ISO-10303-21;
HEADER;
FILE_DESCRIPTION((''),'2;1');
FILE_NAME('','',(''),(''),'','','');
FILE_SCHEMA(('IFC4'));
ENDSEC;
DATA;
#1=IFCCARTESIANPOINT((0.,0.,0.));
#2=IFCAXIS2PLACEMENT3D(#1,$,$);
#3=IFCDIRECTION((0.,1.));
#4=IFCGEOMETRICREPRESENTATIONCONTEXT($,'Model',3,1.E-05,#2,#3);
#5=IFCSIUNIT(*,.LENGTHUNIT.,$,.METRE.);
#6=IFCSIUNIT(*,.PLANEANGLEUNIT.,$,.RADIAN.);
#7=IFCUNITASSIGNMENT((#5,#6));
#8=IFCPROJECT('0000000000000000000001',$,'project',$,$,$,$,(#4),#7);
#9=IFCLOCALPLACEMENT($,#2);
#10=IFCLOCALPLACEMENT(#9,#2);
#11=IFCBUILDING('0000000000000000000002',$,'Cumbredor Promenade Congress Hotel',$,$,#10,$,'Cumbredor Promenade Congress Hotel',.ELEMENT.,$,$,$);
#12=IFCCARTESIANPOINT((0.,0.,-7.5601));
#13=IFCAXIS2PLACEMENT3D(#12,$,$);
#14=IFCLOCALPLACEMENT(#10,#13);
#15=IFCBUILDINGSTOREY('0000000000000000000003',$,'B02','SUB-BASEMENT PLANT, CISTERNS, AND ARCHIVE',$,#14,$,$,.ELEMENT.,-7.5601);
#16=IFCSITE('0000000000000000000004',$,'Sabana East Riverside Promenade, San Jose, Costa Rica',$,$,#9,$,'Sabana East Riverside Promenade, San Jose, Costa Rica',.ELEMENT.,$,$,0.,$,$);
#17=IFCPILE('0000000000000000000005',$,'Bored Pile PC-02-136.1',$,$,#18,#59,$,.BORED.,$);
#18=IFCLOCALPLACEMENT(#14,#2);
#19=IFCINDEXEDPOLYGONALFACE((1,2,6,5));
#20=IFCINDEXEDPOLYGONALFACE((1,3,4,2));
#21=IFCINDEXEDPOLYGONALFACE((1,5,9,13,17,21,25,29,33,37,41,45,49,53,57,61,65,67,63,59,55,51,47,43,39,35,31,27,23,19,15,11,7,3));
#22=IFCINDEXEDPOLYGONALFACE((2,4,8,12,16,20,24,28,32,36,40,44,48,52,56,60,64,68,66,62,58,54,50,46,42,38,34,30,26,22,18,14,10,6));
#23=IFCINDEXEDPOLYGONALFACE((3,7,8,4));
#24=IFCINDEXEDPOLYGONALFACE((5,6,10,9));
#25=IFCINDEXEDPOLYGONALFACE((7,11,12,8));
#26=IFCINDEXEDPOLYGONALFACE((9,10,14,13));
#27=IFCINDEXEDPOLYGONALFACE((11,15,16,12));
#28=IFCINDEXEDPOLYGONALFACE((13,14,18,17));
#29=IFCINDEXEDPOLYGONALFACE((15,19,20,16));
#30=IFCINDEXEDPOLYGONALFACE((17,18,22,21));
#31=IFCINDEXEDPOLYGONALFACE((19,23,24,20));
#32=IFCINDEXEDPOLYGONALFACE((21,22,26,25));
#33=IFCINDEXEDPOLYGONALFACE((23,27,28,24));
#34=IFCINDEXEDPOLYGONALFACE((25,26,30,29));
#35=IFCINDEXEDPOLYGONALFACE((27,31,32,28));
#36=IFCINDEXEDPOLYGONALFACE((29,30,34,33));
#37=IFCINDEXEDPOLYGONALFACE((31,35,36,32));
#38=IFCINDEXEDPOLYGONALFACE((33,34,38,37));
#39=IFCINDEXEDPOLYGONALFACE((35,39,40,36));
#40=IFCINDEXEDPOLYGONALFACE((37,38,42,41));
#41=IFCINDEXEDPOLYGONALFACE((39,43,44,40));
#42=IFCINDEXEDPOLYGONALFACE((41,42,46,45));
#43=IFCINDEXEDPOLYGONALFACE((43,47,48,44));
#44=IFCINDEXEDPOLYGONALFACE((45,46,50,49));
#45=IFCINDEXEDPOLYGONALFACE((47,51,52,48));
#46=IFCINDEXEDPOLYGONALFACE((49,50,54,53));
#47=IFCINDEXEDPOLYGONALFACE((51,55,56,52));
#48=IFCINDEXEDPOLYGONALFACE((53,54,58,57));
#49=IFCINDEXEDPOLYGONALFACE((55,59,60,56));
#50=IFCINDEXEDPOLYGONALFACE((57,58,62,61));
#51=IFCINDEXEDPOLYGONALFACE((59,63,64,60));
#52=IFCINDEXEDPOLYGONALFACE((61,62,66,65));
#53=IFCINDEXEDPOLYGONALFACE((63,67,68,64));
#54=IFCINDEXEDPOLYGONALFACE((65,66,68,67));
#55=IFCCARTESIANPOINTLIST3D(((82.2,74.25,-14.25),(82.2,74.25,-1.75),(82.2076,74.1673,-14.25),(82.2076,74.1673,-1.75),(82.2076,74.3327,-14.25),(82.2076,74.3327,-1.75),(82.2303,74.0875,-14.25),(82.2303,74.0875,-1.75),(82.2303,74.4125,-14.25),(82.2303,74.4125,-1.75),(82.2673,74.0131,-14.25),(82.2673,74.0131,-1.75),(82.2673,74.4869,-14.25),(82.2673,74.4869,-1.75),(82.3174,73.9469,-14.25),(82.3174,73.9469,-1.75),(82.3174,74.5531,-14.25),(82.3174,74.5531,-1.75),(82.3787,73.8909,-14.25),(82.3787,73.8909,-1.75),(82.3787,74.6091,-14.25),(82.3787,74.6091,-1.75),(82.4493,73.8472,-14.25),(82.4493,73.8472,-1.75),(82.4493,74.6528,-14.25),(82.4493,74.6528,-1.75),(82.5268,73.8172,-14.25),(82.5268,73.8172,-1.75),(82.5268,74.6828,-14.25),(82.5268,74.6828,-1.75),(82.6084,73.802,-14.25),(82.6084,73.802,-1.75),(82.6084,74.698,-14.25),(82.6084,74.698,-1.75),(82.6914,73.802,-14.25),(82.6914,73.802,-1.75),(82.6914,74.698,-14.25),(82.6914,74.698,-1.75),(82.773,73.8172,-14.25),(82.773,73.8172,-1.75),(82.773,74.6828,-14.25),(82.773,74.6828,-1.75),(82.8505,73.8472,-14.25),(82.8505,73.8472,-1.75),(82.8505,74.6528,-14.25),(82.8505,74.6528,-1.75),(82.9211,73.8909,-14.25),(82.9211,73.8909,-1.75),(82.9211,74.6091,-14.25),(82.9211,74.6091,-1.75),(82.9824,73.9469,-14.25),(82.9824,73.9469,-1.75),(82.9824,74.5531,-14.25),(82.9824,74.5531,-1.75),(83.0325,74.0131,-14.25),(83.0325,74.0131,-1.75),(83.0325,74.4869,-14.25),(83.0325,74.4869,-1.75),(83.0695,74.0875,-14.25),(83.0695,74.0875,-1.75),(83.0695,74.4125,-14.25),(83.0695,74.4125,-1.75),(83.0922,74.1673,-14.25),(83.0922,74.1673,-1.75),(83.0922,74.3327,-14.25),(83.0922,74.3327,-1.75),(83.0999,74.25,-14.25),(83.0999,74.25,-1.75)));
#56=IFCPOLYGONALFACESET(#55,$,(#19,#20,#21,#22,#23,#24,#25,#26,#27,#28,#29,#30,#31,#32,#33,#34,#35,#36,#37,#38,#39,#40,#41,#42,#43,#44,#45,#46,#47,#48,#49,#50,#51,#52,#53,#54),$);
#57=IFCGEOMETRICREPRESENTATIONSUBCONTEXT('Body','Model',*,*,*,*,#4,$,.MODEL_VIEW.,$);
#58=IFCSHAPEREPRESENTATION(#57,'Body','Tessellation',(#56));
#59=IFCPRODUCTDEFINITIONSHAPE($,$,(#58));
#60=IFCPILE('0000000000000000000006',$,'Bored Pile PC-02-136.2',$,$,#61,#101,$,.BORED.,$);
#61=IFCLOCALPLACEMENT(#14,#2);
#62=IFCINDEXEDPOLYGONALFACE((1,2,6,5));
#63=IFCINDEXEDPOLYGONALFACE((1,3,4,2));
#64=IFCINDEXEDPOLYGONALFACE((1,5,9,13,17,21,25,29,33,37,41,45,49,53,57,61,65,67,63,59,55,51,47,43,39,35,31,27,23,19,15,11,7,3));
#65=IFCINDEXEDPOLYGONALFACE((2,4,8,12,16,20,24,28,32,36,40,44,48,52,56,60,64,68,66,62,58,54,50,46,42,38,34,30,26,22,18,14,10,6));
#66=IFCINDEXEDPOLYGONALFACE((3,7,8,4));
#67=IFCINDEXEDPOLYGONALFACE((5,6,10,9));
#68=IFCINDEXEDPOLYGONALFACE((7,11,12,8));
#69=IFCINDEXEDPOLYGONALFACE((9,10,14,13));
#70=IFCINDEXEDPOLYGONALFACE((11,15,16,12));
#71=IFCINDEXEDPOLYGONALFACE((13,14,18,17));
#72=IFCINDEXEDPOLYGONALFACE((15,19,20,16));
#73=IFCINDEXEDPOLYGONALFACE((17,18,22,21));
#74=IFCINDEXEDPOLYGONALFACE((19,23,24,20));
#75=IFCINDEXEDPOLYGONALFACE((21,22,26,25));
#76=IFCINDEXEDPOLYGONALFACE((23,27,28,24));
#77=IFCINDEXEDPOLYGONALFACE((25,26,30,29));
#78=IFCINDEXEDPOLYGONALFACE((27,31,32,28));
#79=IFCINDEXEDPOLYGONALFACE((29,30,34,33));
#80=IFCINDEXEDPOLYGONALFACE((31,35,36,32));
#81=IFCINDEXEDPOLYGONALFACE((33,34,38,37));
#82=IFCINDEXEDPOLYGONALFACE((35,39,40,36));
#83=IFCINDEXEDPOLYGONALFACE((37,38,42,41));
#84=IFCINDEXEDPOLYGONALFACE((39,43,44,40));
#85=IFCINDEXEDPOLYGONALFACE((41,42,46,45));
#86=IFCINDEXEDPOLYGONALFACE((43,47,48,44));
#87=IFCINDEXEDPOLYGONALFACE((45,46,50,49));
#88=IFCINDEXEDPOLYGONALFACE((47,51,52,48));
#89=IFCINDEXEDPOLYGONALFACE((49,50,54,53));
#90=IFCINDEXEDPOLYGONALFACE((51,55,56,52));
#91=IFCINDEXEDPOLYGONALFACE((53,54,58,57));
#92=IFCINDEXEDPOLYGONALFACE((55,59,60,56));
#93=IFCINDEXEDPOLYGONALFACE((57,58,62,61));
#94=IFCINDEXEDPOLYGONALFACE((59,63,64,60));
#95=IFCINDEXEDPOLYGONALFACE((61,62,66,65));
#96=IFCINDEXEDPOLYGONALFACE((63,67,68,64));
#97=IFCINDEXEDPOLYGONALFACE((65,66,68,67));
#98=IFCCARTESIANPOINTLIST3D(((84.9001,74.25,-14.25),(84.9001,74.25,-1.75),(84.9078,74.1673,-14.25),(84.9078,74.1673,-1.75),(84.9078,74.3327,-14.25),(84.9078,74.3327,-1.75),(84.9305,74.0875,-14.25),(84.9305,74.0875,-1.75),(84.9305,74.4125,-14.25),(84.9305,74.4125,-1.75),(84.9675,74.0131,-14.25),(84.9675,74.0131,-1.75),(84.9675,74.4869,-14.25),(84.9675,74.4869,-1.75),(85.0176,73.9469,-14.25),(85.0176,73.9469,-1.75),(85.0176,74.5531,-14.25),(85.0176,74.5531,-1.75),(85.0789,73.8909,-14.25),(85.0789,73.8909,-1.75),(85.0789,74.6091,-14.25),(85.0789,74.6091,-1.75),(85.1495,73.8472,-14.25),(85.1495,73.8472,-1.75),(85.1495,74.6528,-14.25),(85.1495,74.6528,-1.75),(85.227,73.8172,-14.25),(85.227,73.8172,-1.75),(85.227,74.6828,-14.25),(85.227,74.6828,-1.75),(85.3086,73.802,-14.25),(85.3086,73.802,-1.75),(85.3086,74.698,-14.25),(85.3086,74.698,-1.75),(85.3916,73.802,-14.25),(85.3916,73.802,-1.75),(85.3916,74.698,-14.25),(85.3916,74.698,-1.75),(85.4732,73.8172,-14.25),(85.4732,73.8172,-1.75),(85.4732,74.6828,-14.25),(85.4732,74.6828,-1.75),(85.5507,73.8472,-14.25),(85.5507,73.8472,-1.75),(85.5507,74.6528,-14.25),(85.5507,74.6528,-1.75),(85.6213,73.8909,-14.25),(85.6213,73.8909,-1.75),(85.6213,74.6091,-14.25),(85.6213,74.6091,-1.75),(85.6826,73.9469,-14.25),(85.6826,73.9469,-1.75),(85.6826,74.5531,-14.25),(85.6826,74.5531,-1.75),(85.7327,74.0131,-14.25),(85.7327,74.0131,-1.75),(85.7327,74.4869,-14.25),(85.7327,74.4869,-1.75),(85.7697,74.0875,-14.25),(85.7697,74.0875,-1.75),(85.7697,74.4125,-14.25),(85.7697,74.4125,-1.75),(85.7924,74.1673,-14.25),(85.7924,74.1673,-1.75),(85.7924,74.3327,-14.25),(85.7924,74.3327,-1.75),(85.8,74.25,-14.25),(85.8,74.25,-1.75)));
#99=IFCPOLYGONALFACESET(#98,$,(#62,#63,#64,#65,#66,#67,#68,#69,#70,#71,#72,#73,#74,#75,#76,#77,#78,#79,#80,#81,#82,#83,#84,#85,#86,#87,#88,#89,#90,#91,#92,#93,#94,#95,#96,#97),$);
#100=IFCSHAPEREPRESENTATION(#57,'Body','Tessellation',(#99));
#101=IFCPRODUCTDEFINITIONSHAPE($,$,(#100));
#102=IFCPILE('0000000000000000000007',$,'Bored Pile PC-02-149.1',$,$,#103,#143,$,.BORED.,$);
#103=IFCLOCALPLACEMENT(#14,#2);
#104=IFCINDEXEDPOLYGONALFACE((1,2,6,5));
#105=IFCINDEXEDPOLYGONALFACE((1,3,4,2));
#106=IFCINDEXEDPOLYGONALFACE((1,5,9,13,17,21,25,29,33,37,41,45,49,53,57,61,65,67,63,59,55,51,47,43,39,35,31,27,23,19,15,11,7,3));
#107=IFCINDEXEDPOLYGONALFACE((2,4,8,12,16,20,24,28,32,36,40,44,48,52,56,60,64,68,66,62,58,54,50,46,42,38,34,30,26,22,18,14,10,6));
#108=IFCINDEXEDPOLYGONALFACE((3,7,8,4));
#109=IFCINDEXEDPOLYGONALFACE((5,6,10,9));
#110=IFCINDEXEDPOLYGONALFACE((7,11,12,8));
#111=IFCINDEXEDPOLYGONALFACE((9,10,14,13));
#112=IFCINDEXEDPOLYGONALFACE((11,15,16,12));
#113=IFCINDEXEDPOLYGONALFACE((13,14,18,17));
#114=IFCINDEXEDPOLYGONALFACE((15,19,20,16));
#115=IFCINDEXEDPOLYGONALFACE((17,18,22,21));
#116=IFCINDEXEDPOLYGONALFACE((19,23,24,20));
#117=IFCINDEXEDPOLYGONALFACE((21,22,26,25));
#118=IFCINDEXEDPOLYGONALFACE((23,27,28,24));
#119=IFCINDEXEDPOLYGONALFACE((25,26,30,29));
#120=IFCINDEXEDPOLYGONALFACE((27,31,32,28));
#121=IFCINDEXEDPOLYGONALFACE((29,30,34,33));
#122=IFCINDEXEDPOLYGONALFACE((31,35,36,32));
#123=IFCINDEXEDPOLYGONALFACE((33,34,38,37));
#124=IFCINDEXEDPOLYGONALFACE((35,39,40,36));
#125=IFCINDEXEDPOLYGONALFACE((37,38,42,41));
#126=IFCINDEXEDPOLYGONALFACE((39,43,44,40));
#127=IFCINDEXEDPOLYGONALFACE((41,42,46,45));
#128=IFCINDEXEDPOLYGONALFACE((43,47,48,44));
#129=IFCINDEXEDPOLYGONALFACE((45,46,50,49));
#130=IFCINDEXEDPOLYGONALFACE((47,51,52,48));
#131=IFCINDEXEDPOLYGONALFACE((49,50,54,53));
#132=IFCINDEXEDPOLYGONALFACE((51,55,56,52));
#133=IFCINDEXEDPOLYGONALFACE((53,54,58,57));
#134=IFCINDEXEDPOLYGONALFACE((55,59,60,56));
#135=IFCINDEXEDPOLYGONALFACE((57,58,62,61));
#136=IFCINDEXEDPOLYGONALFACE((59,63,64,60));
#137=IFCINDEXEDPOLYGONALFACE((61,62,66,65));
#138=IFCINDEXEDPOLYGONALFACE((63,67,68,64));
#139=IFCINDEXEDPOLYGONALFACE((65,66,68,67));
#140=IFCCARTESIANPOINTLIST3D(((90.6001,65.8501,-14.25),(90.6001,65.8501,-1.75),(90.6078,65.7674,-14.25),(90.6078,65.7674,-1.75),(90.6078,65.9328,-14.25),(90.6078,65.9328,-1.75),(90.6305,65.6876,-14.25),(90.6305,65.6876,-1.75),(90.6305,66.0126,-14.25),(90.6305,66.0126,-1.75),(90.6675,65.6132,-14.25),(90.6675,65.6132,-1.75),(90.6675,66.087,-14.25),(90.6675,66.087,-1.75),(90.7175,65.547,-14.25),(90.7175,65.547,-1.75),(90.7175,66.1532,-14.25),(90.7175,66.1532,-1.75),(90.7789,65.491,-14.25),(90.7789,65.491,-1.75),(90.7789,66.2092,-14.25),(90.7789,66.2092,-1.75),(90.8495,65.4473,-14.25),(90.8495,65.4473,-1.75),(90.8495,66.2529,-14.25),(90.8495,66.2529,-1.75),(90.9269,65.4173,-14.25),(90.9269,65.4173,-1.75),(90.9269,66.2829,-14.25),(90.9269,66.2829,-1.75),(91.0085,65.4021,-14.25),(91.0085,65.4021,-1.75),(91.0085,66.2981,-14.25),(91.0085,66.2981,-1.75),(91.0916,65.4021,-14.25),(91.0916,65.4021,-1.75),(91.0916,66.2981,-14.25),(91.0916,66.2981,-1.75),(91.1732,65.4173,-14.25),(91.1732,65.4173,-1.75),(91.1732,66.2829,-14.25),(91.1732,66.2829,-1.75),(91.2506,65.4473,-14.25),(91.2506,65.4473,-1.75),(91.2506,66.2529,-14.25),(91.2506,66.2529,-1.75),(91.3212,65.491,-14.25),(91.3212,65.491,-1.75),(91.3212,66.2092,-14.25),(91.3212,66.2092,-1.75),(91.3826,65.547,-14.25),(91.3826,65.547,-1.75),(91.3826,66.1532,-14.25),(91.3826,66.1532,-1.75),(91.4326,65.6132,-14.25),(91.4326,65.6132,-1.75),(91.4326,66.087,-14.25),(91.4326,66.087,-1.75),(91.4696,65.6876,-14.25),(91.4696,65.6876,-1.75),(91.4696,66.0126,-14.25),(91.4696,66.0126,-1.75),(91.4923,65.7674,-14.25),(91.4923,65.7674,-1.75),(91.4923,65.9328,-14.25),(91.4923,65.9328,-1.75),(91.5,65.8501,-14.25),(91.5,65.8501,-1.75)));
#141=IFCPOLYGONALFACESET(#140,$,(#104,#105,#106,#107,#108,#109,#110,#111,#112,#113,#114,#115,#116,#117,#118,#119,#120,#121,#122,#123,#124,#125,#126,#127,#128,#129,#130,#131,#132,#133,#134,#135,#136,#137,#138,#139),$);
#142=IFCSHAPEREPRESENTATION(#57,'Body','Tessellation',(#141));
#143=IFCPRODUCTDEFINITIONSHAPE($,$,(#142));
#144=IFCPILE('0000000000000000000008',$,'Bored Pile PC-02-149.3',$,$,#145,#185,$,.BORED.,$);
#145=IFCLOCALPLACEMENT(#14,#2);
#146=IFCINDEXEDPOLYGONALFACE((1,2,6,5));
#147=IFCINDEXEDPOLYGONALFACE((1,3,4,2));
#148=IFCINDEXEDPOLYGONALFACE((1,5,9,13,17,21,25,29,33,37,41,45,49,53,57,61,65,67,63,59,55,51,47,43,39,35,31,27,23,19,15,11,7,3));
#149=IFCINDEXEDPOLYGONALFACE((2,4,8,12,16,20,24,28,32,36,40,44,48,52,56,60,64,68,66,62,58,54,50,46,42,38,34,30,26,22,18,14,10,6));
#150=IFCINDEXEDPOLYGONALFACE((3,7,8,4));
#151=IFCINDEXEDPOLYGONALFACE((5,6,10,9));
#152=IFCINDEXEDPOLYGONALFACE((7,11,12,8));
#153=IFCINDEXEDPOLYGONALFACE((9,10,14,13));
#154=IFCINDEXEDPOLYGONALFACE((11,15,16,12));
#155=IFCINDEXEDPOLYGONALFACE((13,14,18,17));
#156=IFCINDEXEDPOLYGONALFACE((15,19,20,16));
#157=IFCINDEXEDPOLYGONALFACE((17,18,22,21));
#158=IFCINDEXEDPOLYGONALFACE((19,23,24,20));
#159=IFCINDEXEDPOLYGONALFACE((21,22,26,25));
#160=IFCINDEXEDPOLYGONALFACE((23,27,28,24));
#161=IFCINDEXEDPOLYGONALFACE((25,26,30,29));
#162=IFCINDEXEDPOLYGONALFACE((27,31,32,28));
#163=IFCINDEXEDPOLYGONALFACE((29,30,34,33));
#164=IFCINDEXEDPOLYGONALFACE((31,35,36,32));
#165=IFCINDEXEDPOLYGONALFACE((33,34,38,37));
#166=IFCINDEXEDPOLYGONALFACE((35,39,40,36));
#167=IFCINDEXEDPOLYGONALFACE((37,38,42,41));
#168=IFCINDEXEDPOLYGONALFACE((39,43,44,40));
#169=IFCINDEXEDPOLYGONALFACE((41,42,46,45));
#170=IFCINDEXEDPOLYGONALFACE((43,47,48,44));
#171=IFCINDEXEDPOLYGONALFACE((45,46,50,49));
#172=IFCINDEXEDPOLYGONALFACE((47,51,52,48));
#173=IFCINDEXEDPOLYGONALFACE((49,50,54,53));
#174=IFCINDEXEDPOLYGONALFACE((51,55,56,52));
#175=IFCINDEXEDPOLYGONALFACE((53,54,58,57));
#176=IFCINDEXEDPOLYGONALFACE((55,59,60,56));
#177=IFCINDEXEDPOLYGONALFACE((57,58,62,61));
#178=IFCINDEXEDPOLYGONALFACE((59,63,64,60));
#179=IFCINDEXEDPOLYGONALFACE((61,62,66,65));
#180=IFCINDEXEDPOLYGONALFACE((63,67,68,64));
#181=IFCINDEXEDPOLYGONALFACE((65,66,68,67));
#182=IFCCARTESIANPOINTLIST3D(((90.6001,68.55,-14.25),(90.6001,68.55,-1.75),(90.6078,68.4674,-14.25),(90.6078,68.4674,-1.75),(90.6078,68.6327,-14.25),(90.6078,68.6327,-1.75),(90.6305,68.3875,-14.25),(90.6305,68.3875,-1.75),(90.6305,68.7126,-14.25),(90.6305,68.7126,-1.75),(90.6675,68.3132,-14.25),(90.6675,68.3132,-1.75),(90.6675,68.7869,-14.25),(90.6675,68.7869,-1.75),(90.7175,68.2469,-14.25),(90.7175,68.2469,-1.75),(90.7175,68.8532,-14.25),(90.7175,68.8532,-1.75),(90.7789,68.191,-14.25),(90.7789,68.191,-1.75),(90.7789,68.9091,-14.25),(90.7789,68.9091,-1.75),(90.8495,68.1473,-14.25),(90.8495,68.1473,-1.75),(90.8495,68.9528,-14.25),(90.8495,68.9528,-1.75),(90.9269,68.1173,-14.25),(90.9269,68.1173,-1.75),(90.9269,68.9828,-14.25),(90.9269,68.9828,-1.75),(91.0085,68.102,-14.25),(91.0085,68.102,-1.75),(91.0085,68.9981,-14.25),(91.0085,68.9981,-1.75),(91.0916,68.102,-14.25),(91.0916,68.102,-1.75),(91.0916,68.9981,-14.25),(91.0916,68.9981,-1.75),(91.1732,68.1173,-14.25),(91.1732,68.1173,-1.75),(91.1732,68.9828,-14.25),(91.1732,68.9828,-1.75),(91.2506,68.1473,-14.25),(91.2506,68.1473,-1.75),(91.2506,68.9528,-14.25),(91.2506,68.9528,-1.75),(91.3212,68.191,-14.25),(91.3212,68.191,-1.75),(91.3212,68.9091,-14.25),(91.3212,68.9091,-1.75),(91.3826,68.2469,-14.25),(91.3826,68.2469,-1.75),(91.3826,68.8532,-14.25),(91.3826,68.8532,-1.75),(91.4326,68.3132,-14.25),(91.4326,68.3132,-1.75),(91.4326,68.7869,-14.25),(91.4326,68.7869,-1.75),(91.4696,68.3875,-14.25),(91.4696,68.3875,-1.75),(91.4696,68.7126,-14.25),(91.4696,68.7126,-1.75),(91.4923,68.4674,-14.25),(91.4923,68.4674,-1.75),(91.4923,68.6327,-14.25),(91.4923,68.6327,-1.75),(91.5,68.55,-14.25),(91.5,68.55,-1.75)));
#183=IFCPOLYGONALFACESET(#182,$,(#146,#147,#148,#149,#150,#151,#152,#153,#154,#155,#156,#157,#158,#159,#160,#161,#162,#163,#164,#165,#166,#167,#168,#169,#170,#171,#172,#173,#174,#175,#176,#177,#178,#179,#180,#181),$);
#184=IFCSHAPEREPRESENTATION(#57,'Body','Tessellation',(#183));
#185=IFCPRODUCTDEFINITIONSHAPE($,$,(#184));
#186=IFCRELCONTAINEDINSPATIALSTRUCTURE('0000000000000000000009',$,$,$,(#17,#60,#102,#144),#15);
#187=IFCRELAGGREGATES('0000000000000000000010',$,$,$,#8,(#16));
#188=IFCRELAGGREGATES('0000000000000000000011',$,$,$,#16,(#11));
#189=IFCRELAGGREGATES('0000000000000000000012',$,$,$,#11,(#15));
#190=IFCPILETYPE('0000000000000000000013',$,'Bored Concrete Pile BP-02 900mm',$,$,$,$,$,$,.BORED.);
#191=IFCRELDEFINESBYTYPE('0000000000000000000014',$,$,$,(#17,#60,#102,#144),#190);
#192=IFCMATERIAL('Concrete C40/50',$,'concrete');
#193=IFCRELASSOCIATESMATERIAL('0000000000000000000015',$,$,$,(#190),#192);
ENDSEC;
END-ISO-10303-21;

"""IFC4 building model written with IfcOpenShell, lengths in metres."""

from ifc_helpers import new_model, si_unit, direction, frame, origin, origin_2d, place, context, subcontext, project, spatial, circle, extrude, material, material_profile, profile_set, type_object, element, save


model = new_model("IFC4")

# Units and contexts
model_context = context("Model", 3, precision=1e-05, world=origin(), true_north=direction((0.0, 1.0)))
body_context = subcontext(model_context, "Body", "Model", "MODEL_VIEW")
ifc_project = project(units=[si_unit("LENGTHUNIT", "METRE"), si_unit("PLANEANGLEUNIT", "RADIAN")], contexts=[model_context])

# Site, building, storey
site_placement = place(None, origin())
site = spatial("IfcSite", under=ifc_project, at=site_placement, Name="Sabana East Riverside Promenade, San Jose, Costa Rica", LongName="Sabana East Riverside Promenade, San Jose, Costa Rica", CompositionType="ELEMENT", RefElevation=0.0)
building_placement = place(site_placement, origin())
building = spatial("IfcBuilding", under=site, at=building_placement, Name="Cumbredor Promenade Congress Hotel", LongName="Cumbredor Promenade Congress Hotel", CompositionType="ELEMENT")
storey_placement = place(building_placement, frame((0.0, 0.0, -7.5601)))
storey = spatial("IfcBuildingStorey", under=building, at=storey_placement, Name="B02", Description="SUB-BASEMENT PLANT, CISTERNS, AND ARCHIVE", CompositionType="ELEMENT", Elevation=-7.5601)

# Piles
ifc_material_1 = material(Name="Concrete C40/50", Category="concrete")
ifc_material_profile_1 = material_profile(ifc_material_1, circle(Radius=0.45, at=origin_2d()), Name="PILE D900")
ifc_profile_set_1 = profile_set([ifc_material_profile_1], Name="Concrete C40/50")
pile_type = type_object("IfcPileType", Name="Bored Concrete Pile BP-02 900mm", PredefinedType="BORED", material=ifc_profile_set_1)
for number, where, z_axis, x_axis, name in (
    (1, (82.6499, 74.25, -1.75), (0.0, 0.0, -1.0), (1.0, 0.0, 0.0), "Bored Pile PC-02-136.1"),
    (2, (85.3501, 74.25, -1.75), (0.0, 0.0, -1.0), (1.0, 0.0, 0.0), "Bored Pile PC-02-136.2"),
    (3, (91.05, 65.8501, -1.75), (0.0, 0.0, -1.0), (1.0, 0.0, 0.0), "Bored Pile PC-02-149.1"),
    (4, (91.05, 68.55, -1.75), (0.0, 0.0, -1.0), (1.0, 0.0, 0.0), "Bored Pile PC-02-149.3"),
):
    element("IfcPile", number, at=place(storey_placement, frame(where, z_axis=z_axis, x_axis=x_axis)), inside=storey, type_object=pile_type, Name=name, PredefinedType="BORED", context=body_context, shape_type="SweptSolid", body=[
        extrude(circle(Radius=0.45, at=origin_2d()), origin(), (0.0, 0.0, 1.0), 12.5),
    ])

save(model, "model.ifc")
